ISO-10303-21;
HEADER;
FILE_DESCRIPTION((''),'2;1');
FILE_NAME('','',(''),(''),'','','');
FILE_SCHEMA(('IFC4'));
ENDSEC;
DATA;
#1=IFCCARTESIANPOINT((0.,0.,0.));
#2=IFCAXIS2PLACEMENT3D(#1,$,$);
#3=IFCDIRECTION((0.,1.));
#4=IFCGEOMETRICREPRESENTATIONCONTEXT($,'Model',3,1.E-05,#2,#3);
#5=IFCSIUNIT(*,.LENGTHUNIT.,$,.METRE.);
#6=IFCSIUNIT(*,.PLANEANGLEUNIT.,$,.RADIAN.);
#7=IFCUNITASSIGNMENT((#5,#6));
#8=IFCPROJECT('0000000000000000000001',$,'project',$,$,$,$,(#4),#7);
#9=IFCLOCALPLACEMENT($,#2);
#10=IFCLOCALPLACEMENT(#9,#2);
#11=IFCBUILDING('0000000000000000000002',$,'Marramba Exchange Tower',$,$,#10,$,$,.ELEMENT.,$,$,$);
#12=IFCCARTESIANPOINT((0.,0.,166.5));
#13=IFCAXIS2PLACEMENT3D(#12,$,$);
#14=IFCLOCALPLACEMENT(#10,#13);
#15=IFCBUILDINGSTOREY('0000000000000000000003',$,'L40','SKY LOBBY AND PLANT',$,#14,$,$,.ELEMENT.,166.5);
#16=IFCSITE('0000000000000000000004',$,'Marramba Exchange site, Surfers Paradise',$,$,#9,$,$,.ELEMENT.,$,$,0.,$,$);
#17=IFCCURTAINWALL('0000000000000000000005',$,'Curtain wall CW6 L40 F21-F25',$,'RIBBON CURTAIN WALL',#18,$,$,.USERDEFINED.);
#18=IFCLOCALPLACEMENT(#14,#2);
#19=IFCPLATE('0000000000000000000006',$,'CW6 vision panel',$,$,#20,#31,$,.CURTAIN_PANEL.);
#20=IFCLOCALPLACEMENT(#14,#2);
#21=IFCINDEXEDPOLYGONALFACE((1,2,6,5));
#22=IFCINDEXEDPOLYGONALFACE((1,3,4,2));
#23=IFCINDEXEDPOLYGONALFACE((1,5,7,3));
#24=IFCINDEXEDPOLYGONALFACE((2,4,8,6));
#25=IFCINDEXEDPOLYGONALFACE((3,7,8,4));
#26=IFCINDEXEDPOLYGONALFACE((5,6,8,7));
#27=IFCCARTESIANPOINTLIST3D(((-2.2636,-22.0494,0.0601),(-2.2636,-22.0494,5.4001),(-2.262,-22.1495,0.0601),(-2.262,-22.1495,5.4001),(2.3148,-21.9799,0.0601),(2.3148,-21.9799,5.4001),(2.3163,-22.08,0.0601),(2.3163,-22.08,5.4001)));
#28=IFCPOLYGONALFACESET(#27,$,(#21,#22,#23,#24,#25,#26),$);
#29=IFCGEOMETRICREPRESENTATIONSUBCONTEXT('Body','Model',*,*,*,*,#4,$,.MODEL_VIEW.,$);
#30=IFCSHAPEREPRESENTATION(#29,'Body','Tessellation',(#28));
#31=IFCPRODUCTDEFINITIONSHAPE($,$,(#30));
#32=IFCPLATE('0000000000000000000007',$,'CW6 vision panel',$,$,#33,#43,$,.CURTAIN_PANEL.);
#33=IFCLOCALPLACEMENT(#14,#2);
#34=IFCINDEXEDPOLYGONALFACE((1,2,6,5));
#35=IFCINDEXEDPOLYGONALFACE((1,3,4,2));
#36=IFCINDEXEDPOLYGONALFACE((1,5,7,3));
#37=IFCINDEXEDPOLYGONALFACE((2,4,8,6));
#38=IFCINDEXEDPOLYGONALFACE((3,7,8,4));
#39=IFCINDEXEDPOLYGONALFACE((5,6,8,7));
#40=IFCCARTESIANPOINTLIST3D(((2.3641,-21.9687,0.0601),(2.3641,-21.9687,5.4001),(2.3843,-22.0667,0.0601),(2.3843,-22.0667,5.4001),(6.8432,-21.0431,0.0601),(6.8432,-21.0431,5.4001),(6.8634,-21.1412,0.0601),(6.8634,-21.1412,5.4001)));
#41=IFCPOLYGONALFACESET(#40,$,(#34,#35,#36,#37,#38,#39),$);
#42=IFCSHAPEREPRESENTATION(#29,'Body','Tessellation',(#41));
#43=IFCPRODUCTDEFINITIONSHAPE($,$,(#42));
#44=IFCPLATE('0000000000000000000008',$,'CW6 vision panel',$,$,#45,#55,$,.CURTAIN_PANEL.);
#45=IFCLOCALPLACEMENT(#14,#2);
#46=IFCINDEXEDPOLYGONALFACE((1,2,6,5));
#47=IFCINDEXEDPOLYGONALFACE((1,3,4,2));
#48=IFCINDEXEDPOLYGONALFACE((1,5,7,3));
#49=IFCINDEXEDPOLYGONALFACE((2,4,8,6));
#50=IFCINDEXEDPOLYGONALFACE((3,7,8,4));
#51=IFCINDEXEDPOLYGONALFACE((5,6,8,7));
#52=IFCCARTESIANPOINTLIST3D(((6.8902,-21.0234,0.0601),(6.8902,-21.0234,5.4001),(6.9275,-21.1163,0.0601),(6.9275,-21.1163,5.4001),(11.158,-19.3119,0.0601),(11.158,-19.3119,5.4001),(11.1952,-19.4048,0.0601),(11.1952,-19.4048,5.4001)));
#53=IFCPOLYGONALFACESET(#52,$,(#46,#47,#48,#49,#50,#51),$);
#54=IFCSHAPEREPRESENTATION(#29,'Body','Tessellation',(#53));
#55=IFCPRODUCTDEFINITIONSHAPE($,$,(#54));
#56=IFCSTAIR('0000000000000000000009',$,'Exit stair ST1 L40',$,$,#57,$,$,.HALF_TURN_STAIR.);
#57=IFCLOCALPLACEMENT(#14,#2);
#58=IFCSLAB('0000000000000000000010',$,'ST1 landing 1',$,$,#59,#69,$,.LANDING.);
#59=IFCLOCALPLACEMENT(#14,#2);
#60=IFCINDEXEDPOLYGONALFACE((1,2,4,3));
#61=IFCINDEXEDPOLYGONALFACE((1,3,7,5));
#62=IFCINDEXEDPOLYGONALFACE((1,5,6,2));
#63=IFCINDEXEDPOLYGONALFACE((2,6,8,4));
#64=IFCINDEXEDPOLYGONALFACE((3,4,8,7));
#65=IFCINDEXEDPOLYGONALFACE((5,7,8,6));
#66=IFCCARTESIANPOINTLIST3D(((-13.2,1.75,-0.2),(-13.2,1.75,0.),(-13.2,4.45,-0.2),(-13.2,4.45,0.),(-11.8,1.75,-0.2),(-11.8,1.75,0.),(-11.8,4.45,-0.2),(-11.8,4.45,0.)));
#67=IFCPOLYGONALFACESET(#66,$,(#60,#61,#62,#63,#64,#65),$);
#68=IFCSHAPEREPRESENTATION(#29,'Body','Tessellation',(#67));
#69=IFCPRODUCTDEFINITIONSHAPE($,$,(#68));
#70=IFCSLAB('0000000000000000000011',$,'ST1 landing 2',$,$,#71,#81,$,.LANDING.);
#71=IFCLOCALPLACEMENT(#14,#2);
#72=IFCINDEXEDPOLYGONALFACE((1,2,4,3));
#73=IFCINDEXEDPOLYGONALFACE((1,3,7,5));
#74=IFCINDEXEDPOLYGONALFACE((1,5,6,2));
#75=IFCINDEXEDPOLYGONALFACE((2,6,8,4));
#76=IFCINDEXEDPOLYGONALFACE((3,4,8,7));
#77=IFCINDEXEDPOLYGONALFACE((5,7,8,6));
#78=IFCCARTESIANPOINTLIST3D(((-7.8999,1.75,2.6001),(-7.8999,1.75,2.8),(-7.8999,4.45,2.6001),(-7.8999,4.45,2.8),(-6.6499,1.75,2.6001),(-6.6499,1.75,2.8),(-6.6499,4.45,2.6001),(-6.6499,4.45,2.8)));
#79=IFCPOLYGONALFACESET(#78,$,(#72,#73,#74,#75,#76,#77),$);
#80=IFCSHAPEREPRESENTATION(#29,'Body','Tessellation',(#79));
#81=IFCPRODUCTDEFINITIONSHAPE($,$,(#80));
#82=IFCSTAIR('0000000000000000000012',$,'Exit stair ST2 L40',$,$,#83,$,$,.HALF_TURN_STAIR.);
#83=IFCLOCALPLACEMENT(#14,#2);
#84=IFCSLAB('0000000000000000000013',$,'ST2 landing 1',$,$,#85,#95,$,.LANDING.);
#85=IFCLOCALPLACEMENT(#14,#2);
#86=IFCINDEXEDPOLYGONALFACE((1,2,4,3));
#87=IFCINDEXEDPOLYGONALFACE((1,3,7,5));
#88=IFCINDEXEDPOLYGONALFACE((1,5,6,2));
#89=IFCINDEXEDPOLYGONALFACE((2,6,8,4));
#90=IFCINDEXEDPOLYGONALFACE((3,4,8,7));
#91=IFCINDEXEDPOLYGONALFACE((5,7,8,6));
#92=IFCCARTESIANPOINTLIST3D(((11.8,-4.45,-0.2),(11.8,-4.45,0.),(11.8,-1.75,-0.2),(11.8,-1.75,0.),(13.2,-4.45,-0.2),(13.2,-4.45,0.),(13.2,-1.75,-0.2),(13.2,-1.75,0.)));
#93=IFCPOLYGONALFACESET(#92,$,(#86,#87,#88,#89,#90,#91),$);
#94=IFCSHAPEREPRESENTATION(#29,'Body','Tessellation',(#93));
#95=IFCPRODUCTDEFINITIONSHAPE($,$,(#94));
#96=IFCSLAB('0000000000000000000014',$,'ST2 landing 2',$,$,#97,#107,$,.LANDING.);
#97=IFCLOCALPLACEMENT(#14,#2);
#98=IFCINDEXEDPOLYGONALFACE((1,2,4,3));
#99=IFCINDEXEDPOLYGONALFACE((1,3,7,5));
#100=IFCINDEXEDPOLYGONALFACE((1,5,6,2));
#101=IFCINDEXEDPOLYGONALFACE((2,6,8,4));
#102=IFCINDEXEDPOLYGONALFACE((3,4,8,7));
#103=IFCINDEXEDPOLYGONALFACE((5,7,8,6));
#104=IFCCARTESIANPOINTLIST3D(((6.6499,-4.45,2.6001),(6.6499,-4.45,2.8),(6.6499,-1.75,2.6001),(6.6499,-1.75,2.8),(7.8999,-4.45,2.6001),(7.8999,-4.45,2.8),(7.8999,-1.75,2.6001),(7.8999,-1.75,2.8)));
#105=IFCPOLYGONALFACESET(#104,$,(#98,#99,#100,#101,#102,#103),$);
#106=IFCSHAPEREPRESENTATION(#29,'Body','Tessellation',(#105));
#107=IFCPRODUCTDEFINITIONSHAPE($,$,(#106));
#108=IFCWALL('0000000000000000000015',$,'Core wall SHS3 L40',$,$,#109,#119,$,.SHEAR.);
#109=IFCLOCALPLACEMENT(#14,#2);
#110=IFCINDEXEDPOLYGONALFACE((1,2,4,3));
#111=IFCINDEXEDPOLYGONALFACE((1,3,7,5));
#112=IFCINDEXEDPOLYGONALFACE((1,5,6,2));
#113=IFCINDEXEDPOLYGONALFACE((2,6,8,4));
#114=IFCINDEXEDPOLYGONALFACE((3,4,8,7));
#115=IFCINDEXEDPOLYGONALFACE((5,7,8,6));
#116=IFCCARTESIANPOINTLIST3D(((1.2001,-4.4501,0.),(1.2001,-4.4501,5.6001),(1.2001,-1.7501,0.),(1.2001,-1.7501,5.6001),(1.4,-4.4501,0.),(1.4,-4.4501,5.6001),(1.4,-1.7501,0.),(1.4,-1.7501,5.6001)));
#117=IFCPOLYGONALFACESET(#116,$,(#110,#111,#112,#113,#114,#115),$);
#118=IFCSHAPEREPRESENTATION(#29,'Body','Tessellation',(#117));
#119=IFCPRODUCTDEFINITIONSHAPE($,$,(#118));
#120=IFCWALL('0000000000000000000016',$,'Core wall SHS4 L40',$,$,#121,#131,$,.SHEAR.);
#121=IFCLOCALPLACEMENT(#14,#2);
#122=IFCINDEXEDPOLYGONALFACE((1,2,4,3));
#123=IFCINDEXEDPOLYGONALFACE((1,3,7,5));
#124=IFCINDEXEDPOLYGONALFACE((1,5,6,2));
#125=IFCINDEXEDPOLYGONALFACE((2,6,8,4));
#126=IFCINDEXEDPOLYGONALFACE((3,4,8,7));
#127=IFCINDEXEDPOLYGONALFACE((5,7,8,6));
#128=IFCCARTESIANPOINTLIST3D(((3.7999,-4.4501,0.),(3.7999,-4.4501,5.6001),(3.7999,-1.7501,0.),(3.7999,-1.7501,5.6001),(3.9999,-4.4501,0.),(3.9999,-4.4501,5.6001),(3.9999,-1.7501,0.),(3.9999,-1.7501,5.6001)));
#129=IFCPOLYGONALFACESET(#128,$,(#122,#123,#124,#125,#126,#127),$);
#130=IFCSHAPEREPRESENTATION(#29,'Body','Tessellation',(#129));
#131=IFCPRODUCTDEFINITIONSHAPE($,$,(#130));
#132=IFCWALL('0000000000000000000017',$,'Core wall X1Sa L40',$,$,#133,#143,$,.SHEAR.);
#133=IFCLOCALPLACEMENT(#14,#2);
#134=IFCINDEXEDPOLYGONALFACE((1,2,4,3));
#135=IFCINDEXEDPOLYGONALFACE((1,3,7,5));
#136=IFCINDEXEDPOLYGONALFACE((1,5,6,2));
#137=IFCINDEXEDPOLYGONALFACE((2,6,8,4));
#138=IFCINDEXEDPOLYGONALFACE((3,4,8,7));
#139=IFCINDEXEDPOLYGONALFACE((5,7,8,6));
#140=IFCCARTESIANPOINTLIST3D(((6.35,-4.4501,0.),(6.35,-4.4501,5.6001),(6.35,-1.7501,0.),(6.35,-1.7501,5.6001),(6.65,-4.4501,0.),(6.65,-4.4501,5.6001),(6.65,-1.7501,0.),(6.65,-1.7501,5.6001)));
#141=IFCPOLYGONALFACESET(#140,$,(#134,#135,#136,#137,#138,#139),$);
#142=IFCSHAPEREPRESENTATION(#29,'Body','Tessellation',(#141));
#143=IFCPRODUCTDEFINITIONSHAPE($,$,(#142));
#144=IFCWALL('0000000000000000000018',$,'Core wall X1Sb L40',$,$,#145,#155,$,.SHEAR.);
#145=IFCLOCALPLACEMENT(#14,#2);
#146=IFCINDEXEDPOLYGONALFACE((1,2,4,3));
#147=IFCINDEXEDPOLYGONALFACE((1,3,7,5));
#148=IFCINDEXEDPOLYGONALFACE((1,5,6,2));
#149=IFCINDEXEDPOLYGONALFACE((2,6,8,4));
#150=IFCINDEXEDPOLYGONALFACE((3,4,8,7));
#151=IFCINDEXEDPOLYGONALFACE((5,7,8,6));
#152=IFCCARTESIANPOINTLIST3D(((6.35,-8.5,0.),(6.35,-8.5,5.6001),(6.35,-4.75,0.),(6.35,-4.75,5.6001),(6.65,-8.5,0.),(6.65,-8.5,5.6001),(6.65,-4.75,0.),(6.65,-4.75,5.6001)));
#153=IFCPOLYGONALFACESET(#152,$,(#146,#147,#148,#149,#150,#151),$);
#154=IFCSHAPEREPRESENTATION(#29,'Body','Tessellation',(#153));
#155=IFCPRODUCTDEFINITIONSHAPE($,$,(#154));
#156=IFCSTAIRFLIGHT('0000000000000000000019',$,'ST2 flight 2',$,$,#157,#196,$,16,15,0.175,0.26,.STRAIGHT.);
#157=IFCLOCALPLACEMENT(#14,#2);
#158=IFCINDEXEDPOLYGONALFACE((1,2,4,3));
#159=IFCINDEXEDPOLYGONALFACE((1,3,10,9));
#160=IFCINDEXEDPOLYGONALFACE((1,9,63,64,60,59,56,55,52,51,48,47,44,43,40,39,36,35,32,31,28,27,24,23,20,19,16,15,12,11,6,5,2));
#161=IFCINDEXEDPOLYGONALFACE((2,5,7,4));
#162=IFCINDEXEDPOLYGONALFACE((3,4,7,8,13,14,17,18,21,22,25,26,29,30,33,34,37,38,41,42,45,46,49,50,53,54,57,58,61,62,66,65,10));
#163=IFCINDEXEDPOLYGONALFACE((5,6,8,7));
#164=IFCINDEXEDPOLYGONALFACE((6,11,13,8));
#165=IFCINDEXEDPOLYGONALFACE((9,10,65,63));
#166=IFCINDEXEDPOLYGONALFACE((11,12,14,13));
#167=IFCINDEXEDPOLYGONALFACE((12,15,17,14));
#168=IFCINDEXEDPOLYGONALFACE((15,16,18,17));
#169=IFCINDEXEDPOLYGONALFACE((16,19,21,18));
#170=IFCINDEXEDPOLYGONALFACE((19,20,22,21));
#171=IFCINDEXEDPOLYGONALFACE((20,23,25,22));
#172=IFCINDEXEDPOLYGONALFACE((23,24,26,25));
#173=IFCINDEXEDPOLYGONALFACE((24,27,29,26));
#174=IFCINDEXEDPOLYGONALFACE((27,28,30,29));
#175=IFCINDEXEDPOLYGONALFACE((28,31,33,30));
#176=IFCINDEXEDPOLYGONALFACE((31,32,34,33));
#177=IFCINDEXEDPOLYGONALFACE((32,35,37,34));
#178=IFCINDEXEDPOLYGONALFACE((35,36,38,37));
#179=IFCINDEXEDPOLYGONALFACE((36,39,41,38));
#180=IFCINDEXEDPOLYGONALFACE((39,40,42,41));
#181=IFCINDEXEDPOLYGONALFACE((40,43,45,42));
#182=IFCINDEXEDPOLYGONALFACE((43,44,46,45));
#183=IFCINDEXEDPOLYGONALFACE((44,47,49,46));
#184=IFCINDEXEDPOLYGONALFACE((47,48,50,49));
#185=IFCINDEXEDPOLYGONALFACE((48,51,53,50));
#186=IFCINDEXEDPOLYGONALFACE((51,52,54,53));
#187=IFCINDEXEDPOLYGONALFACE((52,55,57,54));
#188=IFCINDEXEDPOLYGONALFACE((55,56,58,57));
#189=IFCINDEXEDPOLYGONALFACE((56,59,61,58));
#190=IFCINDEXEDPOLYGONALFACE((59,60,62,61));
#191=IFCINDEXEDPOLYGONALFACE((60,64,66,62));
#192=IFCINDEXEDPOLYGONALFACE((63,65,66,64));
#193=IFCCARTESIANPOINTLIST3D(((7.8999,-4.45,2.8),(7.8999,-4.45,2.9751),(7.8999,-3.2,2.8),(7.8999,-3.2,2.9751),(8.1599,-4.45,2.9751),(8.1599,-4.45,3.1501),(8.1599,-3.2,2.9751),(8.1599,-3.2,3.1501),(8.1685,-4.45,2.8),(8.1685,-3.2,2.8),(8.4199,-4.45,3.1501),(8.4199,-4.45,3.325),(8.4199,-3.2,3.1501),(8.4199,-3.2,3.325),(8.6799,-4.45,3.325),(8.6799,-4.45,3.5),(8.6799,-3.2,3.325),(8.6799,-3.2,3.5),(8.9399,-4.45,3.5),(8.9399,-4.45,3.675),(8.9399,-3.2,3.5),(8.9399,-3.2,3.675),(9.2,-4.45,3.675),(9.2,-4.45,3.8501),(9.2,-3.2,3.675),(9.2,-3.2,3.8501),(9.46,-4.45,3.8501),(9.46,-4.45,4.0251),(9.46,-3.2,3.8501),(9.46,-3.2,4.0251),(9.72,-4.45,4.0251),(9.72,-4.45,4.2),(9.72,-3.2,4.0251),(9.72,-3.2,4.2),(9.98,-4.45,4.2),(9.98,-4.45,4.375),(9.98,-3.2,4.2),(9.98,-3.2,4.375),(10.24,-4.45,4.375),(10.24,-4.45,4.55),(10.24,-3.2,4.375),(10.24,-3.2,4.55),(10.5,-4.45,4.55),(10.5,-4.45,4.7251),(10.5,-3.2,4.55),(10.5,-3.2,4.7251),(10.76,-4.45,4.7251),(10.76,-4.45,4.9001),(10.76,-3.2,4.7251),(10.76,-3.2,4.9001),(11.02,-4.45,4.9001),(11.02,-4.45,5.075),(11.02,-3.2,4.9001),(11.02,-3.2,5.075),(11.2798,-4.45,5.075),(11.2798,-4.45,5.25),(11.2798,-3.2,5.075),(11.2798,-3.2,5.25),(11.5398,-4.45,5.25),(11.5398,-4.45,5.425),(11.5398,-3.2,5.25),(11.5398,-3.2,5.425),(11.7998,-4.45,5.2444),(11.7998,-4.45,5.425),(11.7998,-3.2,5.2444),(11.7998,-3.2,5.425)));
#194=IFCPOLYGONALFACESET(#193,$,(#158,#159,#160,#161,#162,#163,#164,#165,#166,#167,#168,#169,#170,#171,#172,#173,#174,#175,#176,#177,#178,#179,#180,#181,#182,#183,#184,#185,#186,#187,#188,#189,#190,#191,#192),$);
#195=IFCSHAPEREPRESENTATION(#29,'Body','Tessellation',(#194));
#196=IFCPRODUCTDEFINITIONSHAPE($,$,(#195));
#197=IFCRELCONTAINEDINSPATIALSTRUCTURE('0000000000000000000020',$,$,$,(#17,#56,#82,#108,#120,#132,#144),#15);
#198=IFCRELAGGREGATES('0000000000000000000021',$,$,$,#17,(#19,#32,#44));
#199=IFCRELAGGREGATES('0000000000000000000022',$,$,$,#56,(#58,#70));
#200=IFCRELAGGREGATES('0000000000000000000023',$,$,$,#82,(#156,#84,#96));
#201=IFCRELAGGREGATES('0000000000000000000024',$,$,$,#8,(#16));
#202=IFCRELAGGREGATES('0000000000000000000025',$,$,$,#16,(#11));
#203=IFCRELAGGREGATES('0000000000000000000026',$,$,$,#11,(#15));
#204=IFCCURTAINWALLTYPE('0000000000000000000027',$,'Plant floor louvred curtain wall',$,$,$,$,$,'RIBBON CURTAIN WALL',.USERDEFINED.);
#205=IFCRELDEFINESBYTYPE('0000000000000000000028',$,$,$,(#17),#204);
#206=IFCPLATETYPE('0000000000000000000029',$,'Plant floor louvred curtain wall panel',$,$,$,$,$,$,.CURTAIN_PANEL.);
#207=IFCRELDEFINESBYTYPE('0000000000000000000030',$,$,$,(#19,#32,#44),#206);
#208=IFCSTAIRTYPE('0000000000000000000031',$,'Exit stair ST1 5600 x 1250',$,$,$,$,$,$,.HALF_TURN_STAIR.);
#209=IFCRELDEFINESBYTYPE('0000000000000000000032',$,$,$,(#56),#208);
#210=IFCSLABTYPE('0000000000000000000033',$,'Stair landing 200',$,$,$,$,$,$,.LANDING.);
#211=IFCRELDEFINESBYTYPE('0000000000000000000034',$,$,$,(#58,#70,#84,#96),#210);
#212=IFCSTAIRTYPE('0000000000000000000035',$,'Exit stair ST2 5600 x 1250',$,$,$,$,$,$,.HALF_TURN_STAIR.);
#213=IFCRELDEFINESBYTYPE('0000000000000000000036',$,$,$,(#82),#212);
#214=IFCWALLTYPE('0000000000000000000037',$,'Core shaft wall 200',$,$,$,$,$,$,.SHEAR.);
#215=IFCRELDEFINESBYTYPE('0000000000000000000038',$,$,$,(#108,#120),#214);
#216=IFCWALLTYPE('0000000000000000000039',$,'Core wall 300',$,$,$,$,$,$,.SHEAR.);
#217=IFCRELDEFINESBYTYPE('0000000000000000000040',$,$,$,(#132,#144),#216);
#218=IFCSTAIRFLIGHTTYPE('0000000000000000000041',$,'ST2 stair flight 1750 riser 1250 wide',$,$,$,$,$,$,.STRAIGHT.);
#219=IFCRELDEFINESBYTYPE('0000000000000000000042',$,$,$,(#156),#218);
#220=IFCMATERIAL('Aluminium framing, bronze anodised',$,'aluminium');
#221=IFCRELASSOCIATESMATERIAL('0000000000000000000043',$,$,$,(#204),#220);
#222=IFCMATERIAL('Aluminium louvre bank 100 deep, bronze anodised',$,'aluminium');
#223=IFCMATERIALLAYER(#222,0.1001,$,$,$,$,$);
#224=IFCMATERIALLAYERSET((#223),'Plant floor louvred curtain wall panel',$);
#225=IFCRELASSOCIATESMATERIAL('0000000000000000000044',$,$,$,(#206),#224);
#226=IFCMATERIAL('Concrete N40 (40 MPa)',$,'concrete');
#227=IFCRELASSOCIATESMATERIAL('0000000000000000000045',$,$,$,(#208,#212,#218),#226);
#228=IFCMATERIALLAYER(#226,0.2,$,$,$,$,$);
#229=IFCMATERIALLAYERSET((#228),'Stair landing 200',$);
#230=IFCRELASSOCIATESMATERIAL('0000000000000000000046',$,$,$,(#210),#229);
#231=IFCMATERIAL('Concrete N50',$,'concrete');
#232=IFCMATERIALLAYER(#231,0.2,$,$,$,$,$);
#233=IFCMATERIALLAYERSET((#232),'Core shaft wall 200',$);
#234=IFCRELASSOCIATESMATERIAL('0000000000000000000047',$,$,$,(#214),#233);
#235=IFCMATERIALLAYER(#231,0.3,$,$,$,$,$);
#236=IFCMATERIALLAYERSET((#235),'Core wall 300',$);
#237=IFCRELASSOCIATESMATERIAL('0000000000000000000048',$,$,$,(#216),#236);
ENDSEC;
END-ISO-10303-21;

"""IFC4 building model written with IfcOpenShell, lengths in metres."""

from ifc_helpers import new_model, si_unit, direction, frame, frame_2d, origin, origin_2d, place, context, subcontext, project, spatial, polyline, rectangle, outline, extrude, material, layer, layer_set, type_object, element, aggregate, save


model = new_model("IFC4")

# Units and contexts
model_context = context("Model", 3, precision=1e-05, world=origin(), true_north=direction((0.0, 1.0)))
body_context = subcontext(model_context, "Body", "Model", "MODEL_VIEW")
ifc_project = project(units=[si_unit("LENGTHUNIT", "METRE"), si_unit("PLANEANGLEUNIT", "RADIAN")], contexts=[model_context])

# Site, building, storey
site_placement = place(None, origin())
site = spatial("IfcSite", under=ifc_project, at=site_placement, Name="Marramba Exchange site, Surfers Paradise", CompositionType="ELEMENT", RefElevation=0.0)
building_placement = place(site_placement, origin())
building = spatial("IfcBuilding", under=site, at=building_placement, Name="Marramba Exchange Tower", CompositionType="ELEMENT")
storey_placement = place(building_placement, frame((0.0, 0.0, 166.5)))
storey = spatial("IfcBuildingStorey", under=building, at=storey_placement, Name="L40", Description="SKY LOBBY AND PLANT", CompositionType="ELEMENT", Elevation=166.5)

# Shared definitions
ifc_material_1 = material(Name="Concrete N50", Category="concrete")

# Curtain wall
ifc_material_2 = material(Name="Aluminium framing, bronze anodised", Category="aluminium")
curtain_wall_type = type_object("IfcCurtainWallType", Name="Plant floor louvred curtain wall", ElementType="RIBBON CURTAIN WALL", PredefinedType="USERDEFINED", material=ifc_material_2)
curtain_wall_1_placement = place(storey_placement, origin())
curtain_wall_1 = element("IfcCurtainWall", 1, at=curtain_wall_1_placement, inside=storey, type_object=curtain_wall_type, Name="Curtain wall CW6 L40 F21-F25", ObjectType="RIBBON CURTAIN WALL", PredefinedType="USERDEFINED")

# Plates
ifc_material_3 = material(Name="Aluminium louvre bank 100 deep, bronze anodised", Category="aluminium")
ifc_layer_1 = layer(ifc_material_3, 0.1001)
ifc_layer_set_1 = layer_set([ifc_layer_1], Name="Plant floor louvred curtain wall panel")
plate_type = type_object("IfcPlateType", Name="Plant floor louvred curtain wall panel", PredefinedType="CURTAIN_PANEL", material=ifc_layer_set_1)
plate_1_placement = place(storey_placement, frame((0.0264, -22.0647, 0.0601), z_axis=(0.0, 0.0, 1.0), x_axis=(0.999885, 0.015179, 0.0)))
plate_1 = element("IfcPlate", 2, at=plate_1_placement, type_object=plate_type, Name="CW6 vision panel", PredefinedType="CURTAIN_PANEL", context=body_context, shape_type="SweptSolid", body=[
    extrude(rectangle(XDim=4.5789, YDim=0.1001, at=origin_2d()), origin(), (0.0, 0.0, 1.0), 5.3401),
])
plate_2_placement = place(storey_placement, frame((4.6138, -21.5549, 0.0601), z_axis=(0.0, 0.0, 1.0), x_axis=(0.97931, 0.202365, 0.0)))
plate_2 = element("IfcPlate", 3, at=plate_2_placement, type_object=plate_type, Name="CW6 vision panel", PredefinedType="CURTAIN_PANEL", context=body_context, shape_type="SweptSolid", body=[
    extrude(rectangle(XDim=4.5737, YDim=0.1001, at=origin_2d()), origin(), (0.0, 0.0, 1.0), 5.3401),
])
plate_3_placement = place(storey_placement, frame((9.0427, -20.2141, 0.0601), z_axis=(0.0, 0.0, 1.0), x_axis=(0.928149, 0.372209, 0.0)))
plate_3 = element("IfcPlate", 4, at=plate_3_placement, type_object=plate_type, Name="CW6 vision panel", PredefinedType="CURTAIN_PANEL", context=body_context, shape_type="SweptSolid", body=[
    extrude(rectangle(XDim=4.5981, YDim=0.1001, at=origin_2d()), origin(), (0.0, 0.0, 1.0), 5.3401),
])
aggregate(curtain_wall_1, [plate_1, plate_2, plate_3])

# Stairs, slabs
ifc_material_4 = material(Name="Concrete N40 (40 MPa)", Category="concrete")
stair_type_1 = type_object("IfcStairType", Name="Exit stair ST1 5600 x 1250", PredefinedType="HALF_TURN_STAIR", material=ifc_material_4)
stair_1_placement = place(storey_placement, origin())
stair_1 = element("IfcStair", 5, at=stair_1_placement, inside=storey, type_object=stair_type_1, Name="Exit stair ST1 L40", PredefinedType="HALF_TURN_STAIR")
ifc_layer_2 = layer(ifc_material_4, 0.2)
ifc_layer_set_2 = layer_set([ifc_layer_2], Name="Stair landing 200")
slab_type = type_object("IfcSlabType", Name="Stair landing 200", PredefinedType="LANDING", material=ifc_layer_set_2)
slab_1_placement = place(storey_placement, frame((0.0, 0.0, -0.2)))
slab_1 = element("IfcSlab", 6, at=slab_1_placement, type_object=slab_type, Name="ST1 landing 1", PredefinedType="LANDING", context=body_context, shape_type="SweptSolid", body=[
    extrude(outline(polyline([(-13.2, 1.75), (-11.8, 1.75), (-11.8, 4.45), (-13.2, 4.45), (-13.2, 1.75)])), origin(), (0.0, 0.0, 1.0), 0.2),
])
slab_2_placement = place(storey_placement, frame((0.0, 0.0, 2.6001)))
slab_2 = element("IfcSlab", 7, at=slab_2_placement, type_object=slab_type, Name="ST1 landing 2", PredefinedType="LANDING", context=body_context, shape_type="SweptSolid", body=[
    extrude(outline(polyline([(-7.8999, 1.75), (-6.6499, 1.75), (-6.6499, 4.45), (-7.8999, 4.45), (-7.8999, 1.75)])), origin(), (0.0, 0.0, 1.0), 0.2),
])
aggregate(stair_1, [slab_1, slab_2])
stair_type_2 = type_object("IfcStairType", Name="Exit stair ST2 5600 x 1250", PredefinedType="HALF_TURN_STAIR", material=ifc_material_4)
stair_2_placement = place(storey_placement, origin())
stair_2 = element("IfcStair", 8, at=stair_2_placement, inside=storey, type_object=stair_type_2, Name="Exit stair ST2 L40", PredefinedType="HALF_TURN_STAIR")
slab_3_placement = place(storey_placement, frame((0.0, 0.0, -0.2)))
slab_3 = element("IfcSlab", 9, at=slab_3_placement, type_object=slab_type, Name="ST2 landing 1", PredefinedType="LANDING", context=body_context, shape_type="SweptSolid", body=[
    extrude(outline(polyline([(11.8, -4.45), (13.2, -4.45), (13.2, -1.75), (11.8, -1.75), (11.8, -4.45)])), origin(), (0.0, 0.0, 1.0), 0.2),
])
slab_4_placement = place(storey_placement, frame((0.0, 0.0, 2.6001)))
slab_4 = element("IfcSlab", 10, at=slab_4_placement, type_object=slab_type, Name="ST2 landing 2", PredefinedType="LANDING", context=body_context, shape_type="SweptSolid", body=[
    extrude(outline(polyline([(6.6499, -4.45), (7.8999, -4.45), (7.8999, -1.75), (6.6499, -1.75), (6.6499, -4.45)])), origin(), (0.0, 0.0, 1.0), 0.2),
])

# Walls
ifc_layer_3 = layer(ifc_material_1, 0.2)
ifc_layer_set_3 = layer_set([ifc_layer_3], Name="Core shaft wall 200")
wall_type_1 = type_object("IfcWallType", Name="Core shaft wall 200", PredefinedType="SHEAR", material=ifc_layer_set_3)
for number, where, z_axis, x_axis, name in (
    (11, (1.3, -1.75, 0.0), (0.0, 0.0, 1.0), (0.0, -1.0, 0.0), "Core wall SHS3 L40"),
    (12, (3.8999, -1.75, 0.0), (0.0, 0.0, 1.0), (0.0, -1.0, 0.0), "Core wall SHS4 L40"),
):
    element("IfcWall", number, at=place(storey_placement, frame(where, z_axis=z_axis, x_axis=x_axis)), inside=storey, type_object=wall_type_1, Name=name, PredefinedType="SHEAR", context=body_context, shape_type="SweptSolid", body=[
        extrude(rectangle(XDim=2.7, YDim=0.2, at=frame_2d((1.3501, 0.0))), origin(), (0.0, 0.0, 1.0), 5.6001),
    ])
ifc_layer_4 = layer(ifc_material_1, 0.3)
ifc_layer_set_4 = layer_set([ifc_layer_4], Name="Core wall 300")
wall_type_2 = type_object("IfcWallType", Name="Core wall 300", PredefinedType="SHEAR", material=ifc_layer_set_4)
wall_1_placement = place(storey_placement, frame((6.5, -1.75, 0.0), z_axis=(0.0, 0.0, 1.0), x_axis=(0.0, -1.0, 0.0)))
element("IfcWall", 13, at=wall_1_placement, inside=storey, type_object=wall_type_2, Name="Core wall X1Sa L40", PredefinedType="SHEAR", context=body_context, shape_type="SweptSolid", body=[
    extrude(rectangle(XDim=2.7, YDim=0.3, at=frame_2d((1.3501, 0.0))), origin(), (0.0, 0.0, 1.0), 5.6001),
])
wall_2_placement = place(storey_placement, frame((6.5, -4.75, 0.0), z_axis=(0.0, 0.0, 1.0), x_axis=(0.0, -1.0, 0.0)))
element("IfcWall", 14, at=wall_2_placement, inside=storey, type_object=wall_type_2, Name="Core wall X1Sb L40", PredefinedType="SHEAR", context=body_context, shape_type="SweptSolid", body=[
    extrude(rectangle(XDim=3.75, YDim=0.3, at=frame_2d((1.875, 0.0))), origin(), (0.0, 0.0, 1.0), 5.6001),
])

# Stair flight
stair_flight_type = type_object("IfcStairFlightType", Name="ST2 stair flight 1750 riser 1250 wide", PredefinedType="STRAIGHT", material=ifc_material_4)
stair_flight_placement = place(storey_placement, frame((7.8999, -3.825, 2.8), z_axis=(0.0, 0.0, 1.0), x_axis=(1.0, 0.0, 0.0)))
stair_flight = element("IfcStairFlight", 15, at=stair_flight_placement, type_object=stair_flight_type, Name="ST2 flight 2", NumberOfRisers=16, NumberOfTreads=15, PredefinedType="STRAIGHT", RiserHeight=0.175, TreadLength=0.26, context=body_context, shape_type="SweptSolid", body=[
    extrude(outline(polyline([(0.0, 0.0), (0.0, 0.175), (0.26, 0.175), (0.26, 0.3501), (0.52, 0.3501), (0.52, 0.5249), (0.78, 0.5249), (0.78, 0.7), (1.04, 0.7), (1.04, 0.875), (1.3, 0.875), (1.3, 1.05), (1.5601, 1.05), (1.5601, 1.2251), (1.8201, 1.2251), (1.8201, 1.3999), (2.0801, 1.3999), (2.0801, 1.575), (2.3401, 1.575), (2.3401, 1.75), (2.6001, 1.75), (2.6001, 1.925), (2.8601, 1.925), (2.8601, 2.1001), (3.1201, 2.1001), (3.1201, 2.2749), (3.3799, 2.2749), (3.3799, 2.45), (3.6399, 2.45), (3.6399, 2.625), (3.8999, 2.625), (3.8999, 2.8), (3.8999, 2.4443), (0.2686, 0.0), (0.0, 0.0)])), frame((0.0, 0.625, 0.0), z_axis=(0.0, -1.0, 0.0), x_axis=(1.0, 0.0, 0.0)), (0.0, 0.0, 1.0), 1.25),
])
aggregate(stair_2, [stair_flight, slab_3, slab_4])

save(model, "model.ifc")
